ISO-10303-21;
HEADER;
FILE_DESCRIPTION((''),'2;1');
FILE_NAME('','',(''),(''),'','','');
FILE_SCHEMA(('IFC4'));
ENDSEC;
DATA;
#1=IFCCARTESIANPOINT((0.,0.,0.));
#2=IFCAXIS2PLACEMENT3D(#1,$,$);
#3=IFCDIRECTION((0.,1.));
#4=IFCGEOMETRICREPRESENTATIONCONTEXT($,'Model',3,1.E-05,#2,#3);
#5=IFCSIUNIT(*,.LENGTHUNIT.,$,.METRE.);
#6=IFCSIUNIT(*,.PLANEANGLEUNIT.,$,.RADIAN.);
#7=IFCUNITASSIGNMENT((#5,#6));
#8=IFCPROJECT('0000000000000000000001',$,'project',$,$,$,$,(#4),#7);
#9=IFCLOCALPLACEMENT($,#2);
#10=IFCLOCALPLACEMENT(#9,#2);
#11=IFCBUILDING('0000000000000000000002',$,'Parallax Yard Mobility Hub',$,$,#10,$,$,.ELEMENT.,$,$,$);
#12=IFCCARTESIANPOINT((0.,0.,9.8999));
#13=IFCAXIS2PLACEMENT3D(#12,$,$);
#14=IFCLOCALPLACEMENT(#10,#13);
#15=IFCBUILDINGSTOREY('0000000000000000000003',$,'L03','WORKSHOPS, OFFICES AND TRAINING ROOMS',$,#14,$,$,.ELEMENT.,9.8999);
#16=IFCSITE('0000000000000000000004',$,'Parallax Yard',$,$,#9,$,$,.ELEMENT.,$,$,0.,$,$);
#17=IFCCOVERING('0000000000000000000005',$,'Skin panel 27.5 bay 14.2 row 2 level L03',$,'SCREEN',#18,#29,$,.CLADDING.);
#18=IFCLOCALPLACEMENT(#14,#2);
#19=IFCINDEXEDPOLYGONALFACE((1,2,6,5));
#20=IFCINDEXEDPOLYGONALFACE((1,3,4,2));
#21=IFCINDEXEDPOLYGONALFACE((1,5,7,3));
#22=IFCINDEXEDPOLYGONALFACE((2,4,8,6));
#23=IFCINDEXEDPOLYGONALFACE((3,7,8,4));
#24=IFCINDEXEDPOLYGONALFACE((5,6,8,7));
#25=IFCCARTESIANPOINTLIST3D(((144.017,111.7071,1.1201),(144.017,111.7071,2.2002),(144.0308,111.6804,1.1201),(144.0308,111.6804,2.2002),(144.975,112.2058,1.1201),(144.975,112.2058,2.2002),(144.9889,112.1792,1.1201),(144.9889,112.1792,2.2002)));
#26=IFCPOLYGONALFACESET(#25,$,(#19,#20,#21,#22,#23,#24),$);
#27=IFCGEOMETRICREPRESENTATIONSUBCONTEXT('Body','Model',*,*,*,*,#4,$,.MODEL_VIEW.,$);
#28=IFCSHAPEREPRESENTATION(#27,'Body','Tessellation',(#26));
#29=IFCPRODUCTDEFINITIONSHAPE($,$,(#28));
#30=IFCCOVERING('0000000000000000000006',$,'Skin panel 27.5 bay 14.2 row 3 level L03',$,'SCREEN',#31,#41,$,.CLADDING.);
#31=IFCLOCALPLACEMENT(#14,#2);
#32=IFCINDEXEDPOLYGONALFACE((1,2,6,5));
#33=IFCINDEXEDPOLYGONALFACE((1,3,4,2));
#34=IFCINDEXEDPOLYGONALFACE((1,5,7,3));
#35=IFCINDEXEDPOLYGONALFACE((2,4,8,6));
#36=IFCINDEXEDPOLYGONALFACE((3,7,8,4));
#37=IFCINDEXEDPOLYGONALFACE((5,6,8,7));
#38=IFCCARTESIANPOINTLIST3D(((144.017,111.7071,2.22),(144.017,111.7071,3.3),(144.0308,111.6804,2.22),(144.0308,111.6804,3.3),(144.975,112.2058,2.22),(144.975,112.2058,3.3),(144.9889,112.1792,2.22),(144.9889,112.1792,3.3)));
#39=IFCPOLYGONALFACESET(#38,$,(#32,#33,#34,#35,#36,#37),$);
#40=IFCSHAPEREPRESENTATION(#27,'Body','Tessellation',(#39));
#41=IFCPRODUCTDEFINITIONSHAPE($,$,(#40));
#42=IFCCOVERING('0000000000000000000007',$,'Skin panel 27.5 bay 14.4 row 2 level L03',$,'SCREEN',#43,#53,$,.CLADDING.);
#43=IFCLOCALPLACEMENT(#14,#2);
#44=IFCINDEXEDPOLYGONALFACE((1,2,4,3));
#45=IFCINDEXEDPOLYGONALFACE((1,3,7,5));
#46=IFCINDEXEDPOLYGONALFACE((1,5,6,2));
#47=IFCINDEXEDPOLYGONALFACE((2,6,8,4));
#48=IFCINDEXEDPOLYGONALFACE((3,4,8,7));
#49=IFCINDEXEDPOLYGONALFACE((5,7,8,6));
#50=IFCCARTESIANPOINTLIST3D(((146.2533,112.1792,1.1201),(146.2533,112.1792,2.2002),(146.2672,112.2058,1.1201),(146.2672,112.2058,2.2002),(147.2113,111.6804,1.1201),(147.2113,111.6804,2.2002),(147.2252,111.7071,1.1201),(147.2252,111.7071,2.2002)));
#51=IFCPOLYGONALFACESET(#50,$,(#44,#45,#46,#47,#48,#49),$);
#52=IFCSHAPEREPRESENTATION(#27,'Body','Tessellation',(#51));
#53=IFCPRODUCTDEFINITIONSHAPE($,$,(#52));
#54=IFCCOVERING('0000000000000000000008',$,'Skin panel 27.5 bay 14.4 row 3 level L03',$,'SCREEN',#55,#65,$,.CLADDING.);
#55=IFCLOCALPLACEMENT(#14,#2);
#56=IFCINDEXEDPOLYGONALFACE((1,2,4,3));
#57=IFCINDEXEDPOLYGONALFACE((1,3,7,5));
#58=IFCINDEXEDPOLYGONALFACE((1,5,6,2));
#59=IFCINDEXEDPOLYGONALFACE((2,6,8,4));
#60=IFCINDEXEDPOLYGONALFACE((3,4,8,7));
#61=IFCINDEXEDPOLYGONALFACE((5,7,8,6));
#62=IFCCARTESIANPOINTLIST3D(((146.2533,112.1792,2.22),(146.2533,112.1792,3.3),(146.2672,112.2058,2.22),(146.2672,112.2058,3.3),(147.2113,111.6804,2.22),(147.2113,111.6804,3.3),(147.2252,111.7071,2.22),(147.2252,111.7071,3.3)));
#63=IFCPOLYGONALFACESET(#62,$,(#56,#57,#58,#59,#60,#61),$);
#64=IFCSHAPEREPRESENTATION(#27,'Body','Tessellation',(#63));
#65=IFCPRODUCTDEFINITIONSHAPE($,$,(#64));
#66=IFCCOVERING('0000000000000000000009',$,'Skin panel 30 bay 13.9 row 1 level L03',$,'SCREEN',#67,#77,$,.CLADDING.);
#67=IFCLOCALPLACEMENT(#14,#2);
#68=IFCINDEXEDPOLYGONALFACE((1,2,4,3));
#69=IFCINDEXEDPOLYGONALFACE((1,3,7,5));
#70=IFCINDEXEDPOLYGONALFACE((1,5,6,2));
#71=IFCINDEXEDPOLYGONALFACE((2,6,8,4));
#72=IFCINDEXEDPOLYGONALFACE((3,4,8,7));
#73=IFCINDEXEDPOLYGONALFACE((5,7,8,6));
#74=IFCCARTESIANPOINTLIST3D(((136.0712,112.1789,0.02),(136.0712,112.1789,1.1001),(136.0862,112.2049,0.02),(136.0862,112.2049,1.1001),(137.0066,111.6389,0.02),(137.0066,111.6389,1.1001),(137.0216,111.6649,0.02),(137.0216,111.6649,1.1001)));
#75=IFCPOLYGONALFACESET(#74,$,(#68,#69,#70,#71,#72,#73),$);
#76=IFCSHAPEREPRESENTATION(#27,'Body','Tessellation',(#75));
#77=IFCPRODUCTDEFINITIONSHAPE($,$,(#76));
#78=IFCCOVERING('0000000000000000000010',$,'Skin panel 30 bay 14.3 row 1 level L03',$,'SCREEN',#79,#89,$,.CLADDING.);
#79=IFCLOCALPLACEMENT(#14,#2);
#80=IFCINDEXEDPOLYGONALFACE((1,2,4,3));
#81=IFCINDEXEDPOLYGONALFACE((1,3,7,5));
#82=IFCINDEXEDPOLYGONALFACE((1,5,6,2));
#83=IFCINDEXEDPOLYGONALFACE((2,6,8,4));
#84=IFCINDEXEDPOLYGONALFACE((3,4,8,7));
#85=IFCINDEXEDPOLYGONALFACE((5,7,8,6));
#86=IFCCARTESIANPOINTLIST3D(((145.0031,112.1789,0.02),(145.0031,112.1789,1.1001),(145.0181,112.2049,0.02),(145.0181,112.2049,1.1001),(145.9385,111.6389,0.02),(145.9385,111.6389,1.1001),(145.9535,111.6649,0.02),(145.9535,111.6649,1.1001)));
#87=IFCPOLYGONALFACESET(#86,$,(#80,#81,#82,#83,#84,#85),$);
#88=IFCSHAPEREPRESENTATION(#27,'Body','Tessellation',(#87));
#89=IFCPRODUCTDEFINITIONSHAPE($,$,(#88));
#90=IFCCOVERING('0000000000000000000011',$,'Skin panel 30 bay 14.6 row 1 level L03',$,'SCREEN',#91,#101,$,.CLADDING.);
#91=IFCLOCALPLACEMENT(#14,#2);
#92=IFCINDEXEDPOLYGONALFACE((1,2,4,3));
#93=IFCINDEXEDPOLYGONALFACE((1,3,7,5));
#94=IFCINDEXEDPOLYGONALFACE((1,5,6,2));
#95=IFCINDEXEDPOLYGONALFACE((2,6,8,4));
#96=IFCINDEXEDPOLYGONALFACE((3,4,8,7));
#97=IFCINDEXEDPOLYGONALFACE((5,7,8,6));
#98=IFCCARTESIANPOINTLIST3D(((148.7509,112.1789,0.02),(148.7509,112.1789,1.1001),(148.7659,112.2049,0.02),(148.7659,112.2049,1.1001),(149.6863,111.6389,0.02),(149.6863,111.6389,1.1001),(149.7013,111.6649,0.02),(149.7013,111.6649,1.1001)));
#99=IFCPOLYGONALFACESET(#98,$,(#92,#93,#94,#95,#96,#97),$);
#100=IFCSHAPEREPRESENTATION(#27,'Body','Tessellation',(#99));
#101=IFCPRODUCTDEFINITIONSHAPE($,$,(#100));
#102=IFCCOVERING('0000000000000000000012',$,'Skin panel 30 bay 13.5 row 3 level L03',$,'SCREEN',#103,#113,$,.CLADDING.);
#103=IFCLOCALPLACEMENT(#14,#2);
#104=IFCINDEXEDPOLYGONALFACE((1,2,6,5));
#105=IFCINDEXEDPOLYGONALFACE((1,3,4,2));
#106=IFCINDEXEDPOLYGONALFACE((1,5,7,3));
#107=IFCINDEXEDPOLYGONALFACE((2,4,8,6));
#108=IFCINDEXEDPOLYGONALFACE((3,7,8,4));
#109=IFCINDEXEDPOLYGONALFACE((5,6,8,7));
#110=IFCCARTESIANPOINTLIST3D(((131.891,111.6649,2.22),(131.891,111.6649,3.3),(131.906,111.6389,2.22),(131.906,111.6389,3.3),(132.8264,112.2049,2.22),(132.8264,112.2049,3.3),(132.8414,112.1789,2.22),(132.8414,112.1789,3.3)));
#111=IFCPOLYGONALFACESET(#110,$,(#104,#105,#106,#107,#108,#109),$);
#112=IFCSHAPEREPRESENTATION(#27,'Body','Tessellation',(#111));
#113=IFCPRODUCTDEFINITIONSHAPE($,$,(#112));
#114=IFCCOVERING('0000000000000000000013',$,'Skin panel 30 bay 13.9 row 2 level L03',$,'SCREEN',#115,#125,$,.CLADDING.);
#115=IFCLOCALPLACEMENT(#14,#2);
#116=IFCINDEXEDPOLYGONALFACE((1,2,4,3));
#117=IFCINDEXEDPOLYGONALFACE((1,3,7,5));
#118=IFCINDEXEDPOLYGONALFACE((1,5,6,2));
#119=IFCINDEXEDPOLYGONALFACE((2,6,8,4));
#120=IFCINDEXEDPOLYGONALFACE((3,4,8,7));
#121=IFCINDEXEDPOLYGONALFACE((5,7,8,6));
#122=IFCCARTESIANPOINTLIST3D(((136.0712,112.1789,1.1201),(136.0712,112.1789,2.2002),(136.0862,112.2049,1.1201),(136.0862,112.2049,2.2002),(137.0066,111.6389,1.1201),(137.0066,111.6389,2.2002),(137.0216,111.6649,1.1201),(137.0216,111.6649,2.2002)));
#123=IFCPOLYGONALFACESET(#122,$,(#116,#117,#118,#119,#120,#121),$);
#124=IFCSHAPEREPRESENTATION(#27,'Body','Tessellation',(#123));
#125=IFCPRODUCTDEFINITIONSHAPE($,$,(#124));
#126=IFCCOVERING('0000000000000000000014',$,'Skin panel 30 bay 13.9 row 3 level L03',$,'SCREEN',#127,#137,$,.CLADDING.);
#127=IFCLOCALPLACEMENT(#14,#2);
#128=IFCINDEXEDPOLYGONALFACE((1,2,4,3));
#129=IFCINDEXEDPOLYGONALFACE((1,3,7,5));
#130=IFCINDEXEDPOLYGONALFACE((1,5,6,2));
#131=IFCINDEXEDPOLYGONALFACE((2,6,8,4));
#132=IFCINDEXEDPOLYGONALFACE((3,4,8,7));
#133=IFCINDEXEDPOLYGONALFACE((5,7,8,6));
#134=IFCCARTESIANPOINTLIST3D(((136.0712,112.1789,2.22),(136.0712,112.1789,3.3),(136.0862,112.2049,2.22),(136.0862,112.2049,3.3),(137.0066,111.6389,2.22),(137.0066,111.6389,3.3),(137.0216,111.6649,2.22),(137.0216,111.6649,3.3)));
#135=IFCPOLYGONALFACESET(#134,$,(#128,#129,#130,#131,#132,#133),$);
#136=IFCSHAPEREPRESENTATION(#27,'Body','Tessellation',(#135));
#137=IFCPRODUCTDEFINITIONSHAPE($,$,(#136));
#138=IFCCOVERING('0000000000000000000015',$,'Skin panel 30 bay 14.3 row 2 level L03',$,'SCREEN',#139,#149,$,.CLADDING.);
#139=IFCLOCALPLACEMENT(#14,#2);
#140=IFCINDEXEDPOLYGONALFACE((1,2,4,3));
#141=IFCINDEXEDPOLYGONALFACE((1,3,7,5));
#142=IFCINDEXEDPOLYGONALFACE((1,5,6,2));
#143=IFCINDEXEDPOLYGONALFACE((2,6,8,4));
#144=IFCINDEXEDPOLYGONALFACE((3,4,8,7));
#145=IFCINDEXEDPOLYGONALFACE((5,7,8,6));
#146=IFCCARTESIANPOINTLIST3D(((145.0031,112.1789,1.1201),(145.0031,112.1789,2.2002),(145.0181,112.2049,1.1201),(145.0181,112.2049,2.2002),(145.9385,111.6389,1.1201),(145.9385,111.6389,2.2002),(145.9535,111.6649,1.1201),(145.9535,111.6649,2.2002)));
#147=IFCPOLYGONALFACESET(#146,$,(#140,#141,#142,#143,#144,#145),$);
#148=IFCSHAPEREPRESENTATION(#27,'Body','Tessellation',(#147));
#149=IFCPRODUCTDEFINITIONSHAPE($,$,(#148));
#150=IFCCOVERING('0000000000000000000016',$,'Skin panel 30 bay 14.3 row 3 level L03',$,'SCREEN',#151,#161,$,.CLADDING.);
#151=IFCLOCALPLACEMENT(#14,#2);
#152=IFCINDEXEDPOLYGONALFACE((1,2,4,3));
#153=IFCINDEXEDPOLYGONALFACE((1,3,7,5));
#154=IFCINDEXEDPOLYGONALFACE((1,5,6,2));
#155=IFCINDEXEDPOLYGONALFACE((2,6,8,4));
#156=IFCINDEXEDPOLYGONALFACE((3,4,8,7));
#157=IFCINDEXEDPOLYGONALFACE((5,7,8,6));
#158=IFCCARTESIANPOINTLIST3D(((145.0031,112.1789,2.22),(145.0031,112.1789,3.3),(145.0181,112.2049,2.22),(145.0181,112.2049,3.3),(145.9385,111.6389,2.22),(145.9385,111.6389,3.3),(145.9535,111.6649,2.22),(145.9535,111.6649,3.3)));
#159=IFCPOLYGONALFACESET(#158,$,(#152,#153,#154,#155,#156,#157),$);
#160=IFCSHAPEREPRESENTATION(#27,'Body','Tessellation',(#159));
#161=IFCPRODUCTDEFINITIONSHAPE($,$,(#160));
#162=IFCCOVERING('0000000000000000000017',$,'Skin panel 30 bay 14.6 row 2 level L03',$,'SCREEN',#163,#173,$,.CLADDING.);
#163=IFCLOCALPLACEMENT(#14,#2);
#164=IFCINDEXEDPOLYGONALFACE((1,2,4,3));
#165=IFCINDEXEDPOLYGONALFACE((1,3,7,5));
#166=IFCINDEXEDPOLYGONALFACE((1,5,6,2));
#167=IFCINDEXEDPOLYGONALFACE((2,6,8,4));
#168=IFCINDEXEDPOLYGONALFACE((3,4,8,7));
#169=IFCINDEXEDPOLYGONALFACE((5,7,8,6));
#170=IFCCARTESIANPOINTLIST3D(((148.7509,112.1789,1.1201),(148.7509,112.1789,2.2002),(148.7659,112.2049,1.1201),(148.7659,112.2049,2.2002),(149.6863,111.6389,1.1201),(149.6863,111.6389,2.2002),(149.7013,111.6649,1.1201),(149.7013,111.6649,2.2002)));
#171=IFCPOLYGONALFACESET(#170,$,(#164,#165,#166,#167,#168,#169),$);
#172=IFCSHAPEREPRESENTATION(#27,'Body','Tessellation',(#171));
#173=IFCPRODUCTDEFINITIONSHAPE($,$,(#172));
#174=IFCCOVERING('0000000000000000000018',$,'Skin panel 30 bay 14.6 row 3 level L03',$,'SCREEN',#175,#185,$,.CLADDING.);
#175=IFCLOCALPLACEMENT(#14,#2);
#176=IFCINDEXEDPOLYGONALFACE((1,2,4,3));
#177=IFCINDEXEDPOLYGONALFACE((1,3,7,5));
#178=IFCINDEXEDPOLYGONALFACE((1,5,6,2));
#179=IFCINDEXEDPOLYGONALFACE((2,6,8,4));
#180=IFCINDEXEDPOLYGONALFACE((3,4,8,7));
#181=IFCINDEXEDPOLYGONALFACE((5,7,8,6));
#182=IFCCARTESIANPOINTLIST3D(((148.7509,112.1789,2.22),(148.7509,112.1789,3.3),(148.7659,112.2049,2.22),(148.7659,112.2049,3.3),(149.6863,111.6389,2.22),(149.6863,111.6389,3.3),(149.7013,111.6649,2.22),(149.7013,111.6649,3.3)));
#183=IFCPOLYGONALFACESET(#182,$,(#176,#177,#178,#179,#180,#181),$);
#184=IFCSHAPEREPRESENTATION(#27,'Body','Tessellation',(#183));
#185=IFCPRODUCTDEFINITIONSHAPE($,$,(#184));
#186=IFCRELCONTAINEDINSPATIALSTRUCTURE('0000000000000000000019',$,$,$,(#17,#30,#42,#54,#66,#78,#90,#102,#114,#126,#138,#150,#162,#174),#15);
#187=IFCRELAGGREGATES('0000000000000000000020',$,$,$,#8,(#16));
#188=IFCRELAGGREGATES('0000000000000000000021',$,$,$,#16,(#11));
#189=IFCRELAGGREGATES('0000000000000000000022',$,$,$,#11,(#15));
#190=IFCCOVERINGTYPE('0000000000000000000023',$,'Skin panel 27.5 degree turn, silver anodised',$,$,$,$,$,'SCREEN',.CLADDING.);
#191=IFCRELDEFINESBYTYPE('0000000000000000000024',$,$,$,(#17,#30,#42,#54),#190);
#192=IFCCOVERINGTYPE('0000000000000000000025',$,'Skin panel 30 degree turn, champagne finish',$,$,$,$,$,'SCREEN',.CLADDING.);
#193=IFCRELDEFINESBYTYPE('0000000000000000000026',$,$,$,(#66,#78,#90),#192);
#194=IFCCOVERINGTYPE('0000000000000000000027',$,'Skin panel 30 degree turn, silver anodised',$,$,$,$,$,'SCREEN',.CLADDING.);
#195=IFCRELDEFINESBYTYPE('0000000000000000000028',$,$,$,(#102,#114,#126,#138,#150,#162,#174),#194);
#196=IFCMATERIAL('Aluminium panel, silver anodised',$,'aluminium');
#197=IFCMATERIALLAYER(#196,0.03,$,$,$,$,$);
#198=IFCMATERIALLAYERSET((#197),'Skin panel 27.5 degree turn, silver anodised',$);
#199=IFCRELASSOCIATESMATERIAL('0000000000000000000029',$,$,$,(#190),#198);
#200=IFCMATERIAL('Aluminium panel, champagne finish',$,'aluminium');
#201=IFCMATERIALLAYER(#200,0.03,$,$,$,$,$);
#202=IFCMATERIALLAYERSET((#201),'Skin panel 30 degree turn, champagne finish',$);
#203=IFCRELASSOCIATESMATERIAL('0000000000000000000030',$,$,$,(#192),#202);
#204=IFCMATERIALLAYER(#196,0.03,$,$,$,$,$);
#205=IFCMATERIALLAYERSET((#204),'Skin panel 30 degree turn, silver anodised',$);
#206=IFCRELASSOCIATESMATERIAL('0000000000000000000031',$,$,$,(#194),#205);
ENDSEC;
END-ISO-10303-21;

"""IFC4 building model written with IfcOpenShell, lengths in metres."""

from ifc_helpers import new_model, si_unit, direction, frame, origin, origin_2d, place, context, subcontext, project, spatial, rectangle, extrude, material, layer, layer_set, type_object, element, save


model = new_model("IFC4")

# Units and contexts
model_context = context("Model", 3, precision=1e-05, world=origin(), true_north=direction((0.0, 1.0)))
body_context = subcontext(model_context, "Body", "Model", "MODEL_VIEW")
ifc_project = project(units=[si_unit("LENGTHUNIT", "METRE"), si_unit("PLANEANGLEUNIT", "RADIAN")], contexts=[model_context])

# Site, building, storey
site_placement = place(None, origin())
site = spatial("IfcSite", under=ifc_project, at=site_placement, Name="Parallax Yard", CompositionType="ELEMENT", RefElevation=0.0)
building_placement = place(site_placement, origin())
building = spatial("IfcBuilding", under=site, at=building_placement, Name="Parallax Yard Mobility Hub", CompositionType="ELEMENT")
storey_placement = place(building_placement, frame((0.0, 0.0, 9.8999)))
storey = spatial("IfcBuildingStorey", under=building, at=storey_placement, Name="L03", Description="WORKSHOPS, OFFICES AND TRAINING ROOMS", CompositionType="ELEMENT", Elevation=9.8999)

# Coverings
ifc_material_1 = material(Name="Aluminium panel, champagne finish", Category="aluminium")
ifc_material_2 = material(Name="Aluminium panel, silver anodised", Category="aluminium")
ifc_layer_1 = layer(ifc_material_2, 0.03)
ifc_layer_set_1 = layer_set([ifc_layer_1], Name="Skin panel 27.5 degree turn, silver anodised")
covering_type_1 = type_object("IfcCoveringType", Name="Skin panel 27.5 degree turn, silver anodised", ElementType="SCREEN", PredefinedType="CLADDING", material=ifc_layer_set_1)
for number, where, z_axis, x_axis, name in (
    (1, (144.5029, 111.9431, 1.1201), (0.0, 0.0, 1.0), (-0.887011, -0.461749, 0.0), "Skin panel 27.5 bay 14.2 row 2 level L03"),
    (2, (144.5029, 111.9431, 2.22), (0.0, 0.0, 1.0), (-0.887011, -0.461749, 0.0), "Skin panel 27.5 bay 14.2 row 3 level L03"),
    (3, (146.7393, 111.9431, 1.1201), (0.0, 0.0, 1.0), (0.887011, -0.461749, 0.0), "Skin panel 27.5 bay 14.4 row 2 level L03"),
    (4, (146.7393, 111.9431, 2.22), (0.0, 0.0, 1.0), (0.887011, -0.461749, 0.0), "Skin panel 27.5 bay 14.4 row 3 level L03"),
):
    element("IfcCovering", number, at=place(storey_placement, frame(where, z_axis=z_axis, x_axis=x_axis)), inside=storey, type_object=covering_type_1, Name=name, ObjectType="SCREEN", PredefinedType="CLADDING", context=body_context, shape_type="SweptSolid", body=[
        extrude(rectangle(XDim=1.0801, YDim=0.03, at=origin_2d()), origin(), (0.0, 0.0, 1.0), 1.0801),
    ])
ifc_layer_2 = layer(ifc_material_1, 0.03)
ifc_layer_set_2 = layer_set([ifc_layer_2], Name="Skin panel 30 degree turn, champagne finish")
covering_type_2 = type_object("IfcCoveringType", Name="Skin panel 30 degree turn, champagne finish", ElementType="SCREEN", PredefinedType="CLADDING", material=ifc_layer_set_2)
for number, where, z_axis, x_axis, name in (
    (5, (136.5464, 111.9219, 0.02), (0.0, 0.0, 1.0), (0.866025, -0.5, 0.0), "Skin panel 30 bay 13.9 row 1 level L03"),
    (6, (145.4783, 111.9219, 0.02), (0.0, 0.0, 1.0), (0.866025, -0.5, 0.0), "Skin panel 30 bay 14.3 row 1 level L03"),
    (7, (149.2261, 111.9219, 0.02), (0.0, 0.0, 1.0), (0.866025, -0.5, 0.0), "Skin panel 30 bay 14.6 row 1 level L03"),
):
    element("IfcCovering", number, at=place(storey_placement, frame(where, z_axis=z_axis, x_axis=x_axis)), inside=storey, type_object=covering_type_2, Name=name, ObjectType="SCREEN", PredefinedType="CLADDING", context=body_context, shape_type="SweptSolid", body=[
        extrude(rectangle(XDim=1.0801, YDim=0.03, at=origin_2d()), origin(), (0.0, 0.0, 1.0), 1.0801),
    ])
ifc_layer_3 = layer(ifc_material_2, 0.03)
ifc_layer_set_3 = layer_set([ifc_layer_3], Name="Skin panel 30 degree turn, silver anodised")
covering_type_3 = type_object("IfcCoveringType", Name="Skin panel 30 degree turn, silver anodised", ElementType="SCREEN", PredefinedType="CLADDING", material=ifc_layer_set_3)
for number, where, z_axis, x_axis, name in (
    (8, (132.3662, 111.9219, 2.22), (0.0, 0.0, 1.0), (-0.866025, -0.5, 0.0), "Skin panel 30 bay 13.5 row 3 level L03"),
    (9, (136.5464, 111.9219, 1.1201), (0.0, 0.0, 1.0), (0.866025, -0.5, 0.0), "Skin panel 30 bay 13.9 row 2 level L03"),
    (10, (136.5464, 111.9219, 2.22), (0.0, 0.0, 1.0), (0.866025, -0.5, 0.0), "Skin panel 30 bay 13.9 row 3 level L03"),
    (11, (145.4783, 111.9219, 1.1201), (0.0, 0.0, 1.0), (0.866025, -0.5, 0.0), "Skin panel 30 bay 14.3 row 2 level L03"),
    (12, (145.4783, 111.9219, 2.22), (0.0, 0.0, 1.0), (0.866025, -0.5, 0.0), "Skin panel 30 bay 14.3 row 3 level L03"),
    (13, (149.2261, 111.9219, 1.1201), (0.0, 0.0, 1.0), (0.866025, -0.5, 0.0), "Skin panel 30 bay 14.6 row 2 level L03"),
    (14, (149.2261, 111.9219, 2.22), (0.0, 0.0, 1.0), (0.866025, -0.5, 0.0), "Skin panel 30 bay 14.6 row 3 level L03"),
):
    element("IfcCovering", number, at=place(storey_placement, frame(where, z_axis=z_axis, x_axis=x_axis)), inside=storey, type_object=covering_type_3, Name=name, ObjectType="SCREEN", PredefinedType="CLADDING", context=body_context, shape_type="SweptSolid", body=[
        extrude(rectangle(XDim=1.0801, YDim=0.03, at=origin_2d()), origin(), (0.0, 0.0, 1.0), 1.0801),
    ])

save(model, "model.ifc")
